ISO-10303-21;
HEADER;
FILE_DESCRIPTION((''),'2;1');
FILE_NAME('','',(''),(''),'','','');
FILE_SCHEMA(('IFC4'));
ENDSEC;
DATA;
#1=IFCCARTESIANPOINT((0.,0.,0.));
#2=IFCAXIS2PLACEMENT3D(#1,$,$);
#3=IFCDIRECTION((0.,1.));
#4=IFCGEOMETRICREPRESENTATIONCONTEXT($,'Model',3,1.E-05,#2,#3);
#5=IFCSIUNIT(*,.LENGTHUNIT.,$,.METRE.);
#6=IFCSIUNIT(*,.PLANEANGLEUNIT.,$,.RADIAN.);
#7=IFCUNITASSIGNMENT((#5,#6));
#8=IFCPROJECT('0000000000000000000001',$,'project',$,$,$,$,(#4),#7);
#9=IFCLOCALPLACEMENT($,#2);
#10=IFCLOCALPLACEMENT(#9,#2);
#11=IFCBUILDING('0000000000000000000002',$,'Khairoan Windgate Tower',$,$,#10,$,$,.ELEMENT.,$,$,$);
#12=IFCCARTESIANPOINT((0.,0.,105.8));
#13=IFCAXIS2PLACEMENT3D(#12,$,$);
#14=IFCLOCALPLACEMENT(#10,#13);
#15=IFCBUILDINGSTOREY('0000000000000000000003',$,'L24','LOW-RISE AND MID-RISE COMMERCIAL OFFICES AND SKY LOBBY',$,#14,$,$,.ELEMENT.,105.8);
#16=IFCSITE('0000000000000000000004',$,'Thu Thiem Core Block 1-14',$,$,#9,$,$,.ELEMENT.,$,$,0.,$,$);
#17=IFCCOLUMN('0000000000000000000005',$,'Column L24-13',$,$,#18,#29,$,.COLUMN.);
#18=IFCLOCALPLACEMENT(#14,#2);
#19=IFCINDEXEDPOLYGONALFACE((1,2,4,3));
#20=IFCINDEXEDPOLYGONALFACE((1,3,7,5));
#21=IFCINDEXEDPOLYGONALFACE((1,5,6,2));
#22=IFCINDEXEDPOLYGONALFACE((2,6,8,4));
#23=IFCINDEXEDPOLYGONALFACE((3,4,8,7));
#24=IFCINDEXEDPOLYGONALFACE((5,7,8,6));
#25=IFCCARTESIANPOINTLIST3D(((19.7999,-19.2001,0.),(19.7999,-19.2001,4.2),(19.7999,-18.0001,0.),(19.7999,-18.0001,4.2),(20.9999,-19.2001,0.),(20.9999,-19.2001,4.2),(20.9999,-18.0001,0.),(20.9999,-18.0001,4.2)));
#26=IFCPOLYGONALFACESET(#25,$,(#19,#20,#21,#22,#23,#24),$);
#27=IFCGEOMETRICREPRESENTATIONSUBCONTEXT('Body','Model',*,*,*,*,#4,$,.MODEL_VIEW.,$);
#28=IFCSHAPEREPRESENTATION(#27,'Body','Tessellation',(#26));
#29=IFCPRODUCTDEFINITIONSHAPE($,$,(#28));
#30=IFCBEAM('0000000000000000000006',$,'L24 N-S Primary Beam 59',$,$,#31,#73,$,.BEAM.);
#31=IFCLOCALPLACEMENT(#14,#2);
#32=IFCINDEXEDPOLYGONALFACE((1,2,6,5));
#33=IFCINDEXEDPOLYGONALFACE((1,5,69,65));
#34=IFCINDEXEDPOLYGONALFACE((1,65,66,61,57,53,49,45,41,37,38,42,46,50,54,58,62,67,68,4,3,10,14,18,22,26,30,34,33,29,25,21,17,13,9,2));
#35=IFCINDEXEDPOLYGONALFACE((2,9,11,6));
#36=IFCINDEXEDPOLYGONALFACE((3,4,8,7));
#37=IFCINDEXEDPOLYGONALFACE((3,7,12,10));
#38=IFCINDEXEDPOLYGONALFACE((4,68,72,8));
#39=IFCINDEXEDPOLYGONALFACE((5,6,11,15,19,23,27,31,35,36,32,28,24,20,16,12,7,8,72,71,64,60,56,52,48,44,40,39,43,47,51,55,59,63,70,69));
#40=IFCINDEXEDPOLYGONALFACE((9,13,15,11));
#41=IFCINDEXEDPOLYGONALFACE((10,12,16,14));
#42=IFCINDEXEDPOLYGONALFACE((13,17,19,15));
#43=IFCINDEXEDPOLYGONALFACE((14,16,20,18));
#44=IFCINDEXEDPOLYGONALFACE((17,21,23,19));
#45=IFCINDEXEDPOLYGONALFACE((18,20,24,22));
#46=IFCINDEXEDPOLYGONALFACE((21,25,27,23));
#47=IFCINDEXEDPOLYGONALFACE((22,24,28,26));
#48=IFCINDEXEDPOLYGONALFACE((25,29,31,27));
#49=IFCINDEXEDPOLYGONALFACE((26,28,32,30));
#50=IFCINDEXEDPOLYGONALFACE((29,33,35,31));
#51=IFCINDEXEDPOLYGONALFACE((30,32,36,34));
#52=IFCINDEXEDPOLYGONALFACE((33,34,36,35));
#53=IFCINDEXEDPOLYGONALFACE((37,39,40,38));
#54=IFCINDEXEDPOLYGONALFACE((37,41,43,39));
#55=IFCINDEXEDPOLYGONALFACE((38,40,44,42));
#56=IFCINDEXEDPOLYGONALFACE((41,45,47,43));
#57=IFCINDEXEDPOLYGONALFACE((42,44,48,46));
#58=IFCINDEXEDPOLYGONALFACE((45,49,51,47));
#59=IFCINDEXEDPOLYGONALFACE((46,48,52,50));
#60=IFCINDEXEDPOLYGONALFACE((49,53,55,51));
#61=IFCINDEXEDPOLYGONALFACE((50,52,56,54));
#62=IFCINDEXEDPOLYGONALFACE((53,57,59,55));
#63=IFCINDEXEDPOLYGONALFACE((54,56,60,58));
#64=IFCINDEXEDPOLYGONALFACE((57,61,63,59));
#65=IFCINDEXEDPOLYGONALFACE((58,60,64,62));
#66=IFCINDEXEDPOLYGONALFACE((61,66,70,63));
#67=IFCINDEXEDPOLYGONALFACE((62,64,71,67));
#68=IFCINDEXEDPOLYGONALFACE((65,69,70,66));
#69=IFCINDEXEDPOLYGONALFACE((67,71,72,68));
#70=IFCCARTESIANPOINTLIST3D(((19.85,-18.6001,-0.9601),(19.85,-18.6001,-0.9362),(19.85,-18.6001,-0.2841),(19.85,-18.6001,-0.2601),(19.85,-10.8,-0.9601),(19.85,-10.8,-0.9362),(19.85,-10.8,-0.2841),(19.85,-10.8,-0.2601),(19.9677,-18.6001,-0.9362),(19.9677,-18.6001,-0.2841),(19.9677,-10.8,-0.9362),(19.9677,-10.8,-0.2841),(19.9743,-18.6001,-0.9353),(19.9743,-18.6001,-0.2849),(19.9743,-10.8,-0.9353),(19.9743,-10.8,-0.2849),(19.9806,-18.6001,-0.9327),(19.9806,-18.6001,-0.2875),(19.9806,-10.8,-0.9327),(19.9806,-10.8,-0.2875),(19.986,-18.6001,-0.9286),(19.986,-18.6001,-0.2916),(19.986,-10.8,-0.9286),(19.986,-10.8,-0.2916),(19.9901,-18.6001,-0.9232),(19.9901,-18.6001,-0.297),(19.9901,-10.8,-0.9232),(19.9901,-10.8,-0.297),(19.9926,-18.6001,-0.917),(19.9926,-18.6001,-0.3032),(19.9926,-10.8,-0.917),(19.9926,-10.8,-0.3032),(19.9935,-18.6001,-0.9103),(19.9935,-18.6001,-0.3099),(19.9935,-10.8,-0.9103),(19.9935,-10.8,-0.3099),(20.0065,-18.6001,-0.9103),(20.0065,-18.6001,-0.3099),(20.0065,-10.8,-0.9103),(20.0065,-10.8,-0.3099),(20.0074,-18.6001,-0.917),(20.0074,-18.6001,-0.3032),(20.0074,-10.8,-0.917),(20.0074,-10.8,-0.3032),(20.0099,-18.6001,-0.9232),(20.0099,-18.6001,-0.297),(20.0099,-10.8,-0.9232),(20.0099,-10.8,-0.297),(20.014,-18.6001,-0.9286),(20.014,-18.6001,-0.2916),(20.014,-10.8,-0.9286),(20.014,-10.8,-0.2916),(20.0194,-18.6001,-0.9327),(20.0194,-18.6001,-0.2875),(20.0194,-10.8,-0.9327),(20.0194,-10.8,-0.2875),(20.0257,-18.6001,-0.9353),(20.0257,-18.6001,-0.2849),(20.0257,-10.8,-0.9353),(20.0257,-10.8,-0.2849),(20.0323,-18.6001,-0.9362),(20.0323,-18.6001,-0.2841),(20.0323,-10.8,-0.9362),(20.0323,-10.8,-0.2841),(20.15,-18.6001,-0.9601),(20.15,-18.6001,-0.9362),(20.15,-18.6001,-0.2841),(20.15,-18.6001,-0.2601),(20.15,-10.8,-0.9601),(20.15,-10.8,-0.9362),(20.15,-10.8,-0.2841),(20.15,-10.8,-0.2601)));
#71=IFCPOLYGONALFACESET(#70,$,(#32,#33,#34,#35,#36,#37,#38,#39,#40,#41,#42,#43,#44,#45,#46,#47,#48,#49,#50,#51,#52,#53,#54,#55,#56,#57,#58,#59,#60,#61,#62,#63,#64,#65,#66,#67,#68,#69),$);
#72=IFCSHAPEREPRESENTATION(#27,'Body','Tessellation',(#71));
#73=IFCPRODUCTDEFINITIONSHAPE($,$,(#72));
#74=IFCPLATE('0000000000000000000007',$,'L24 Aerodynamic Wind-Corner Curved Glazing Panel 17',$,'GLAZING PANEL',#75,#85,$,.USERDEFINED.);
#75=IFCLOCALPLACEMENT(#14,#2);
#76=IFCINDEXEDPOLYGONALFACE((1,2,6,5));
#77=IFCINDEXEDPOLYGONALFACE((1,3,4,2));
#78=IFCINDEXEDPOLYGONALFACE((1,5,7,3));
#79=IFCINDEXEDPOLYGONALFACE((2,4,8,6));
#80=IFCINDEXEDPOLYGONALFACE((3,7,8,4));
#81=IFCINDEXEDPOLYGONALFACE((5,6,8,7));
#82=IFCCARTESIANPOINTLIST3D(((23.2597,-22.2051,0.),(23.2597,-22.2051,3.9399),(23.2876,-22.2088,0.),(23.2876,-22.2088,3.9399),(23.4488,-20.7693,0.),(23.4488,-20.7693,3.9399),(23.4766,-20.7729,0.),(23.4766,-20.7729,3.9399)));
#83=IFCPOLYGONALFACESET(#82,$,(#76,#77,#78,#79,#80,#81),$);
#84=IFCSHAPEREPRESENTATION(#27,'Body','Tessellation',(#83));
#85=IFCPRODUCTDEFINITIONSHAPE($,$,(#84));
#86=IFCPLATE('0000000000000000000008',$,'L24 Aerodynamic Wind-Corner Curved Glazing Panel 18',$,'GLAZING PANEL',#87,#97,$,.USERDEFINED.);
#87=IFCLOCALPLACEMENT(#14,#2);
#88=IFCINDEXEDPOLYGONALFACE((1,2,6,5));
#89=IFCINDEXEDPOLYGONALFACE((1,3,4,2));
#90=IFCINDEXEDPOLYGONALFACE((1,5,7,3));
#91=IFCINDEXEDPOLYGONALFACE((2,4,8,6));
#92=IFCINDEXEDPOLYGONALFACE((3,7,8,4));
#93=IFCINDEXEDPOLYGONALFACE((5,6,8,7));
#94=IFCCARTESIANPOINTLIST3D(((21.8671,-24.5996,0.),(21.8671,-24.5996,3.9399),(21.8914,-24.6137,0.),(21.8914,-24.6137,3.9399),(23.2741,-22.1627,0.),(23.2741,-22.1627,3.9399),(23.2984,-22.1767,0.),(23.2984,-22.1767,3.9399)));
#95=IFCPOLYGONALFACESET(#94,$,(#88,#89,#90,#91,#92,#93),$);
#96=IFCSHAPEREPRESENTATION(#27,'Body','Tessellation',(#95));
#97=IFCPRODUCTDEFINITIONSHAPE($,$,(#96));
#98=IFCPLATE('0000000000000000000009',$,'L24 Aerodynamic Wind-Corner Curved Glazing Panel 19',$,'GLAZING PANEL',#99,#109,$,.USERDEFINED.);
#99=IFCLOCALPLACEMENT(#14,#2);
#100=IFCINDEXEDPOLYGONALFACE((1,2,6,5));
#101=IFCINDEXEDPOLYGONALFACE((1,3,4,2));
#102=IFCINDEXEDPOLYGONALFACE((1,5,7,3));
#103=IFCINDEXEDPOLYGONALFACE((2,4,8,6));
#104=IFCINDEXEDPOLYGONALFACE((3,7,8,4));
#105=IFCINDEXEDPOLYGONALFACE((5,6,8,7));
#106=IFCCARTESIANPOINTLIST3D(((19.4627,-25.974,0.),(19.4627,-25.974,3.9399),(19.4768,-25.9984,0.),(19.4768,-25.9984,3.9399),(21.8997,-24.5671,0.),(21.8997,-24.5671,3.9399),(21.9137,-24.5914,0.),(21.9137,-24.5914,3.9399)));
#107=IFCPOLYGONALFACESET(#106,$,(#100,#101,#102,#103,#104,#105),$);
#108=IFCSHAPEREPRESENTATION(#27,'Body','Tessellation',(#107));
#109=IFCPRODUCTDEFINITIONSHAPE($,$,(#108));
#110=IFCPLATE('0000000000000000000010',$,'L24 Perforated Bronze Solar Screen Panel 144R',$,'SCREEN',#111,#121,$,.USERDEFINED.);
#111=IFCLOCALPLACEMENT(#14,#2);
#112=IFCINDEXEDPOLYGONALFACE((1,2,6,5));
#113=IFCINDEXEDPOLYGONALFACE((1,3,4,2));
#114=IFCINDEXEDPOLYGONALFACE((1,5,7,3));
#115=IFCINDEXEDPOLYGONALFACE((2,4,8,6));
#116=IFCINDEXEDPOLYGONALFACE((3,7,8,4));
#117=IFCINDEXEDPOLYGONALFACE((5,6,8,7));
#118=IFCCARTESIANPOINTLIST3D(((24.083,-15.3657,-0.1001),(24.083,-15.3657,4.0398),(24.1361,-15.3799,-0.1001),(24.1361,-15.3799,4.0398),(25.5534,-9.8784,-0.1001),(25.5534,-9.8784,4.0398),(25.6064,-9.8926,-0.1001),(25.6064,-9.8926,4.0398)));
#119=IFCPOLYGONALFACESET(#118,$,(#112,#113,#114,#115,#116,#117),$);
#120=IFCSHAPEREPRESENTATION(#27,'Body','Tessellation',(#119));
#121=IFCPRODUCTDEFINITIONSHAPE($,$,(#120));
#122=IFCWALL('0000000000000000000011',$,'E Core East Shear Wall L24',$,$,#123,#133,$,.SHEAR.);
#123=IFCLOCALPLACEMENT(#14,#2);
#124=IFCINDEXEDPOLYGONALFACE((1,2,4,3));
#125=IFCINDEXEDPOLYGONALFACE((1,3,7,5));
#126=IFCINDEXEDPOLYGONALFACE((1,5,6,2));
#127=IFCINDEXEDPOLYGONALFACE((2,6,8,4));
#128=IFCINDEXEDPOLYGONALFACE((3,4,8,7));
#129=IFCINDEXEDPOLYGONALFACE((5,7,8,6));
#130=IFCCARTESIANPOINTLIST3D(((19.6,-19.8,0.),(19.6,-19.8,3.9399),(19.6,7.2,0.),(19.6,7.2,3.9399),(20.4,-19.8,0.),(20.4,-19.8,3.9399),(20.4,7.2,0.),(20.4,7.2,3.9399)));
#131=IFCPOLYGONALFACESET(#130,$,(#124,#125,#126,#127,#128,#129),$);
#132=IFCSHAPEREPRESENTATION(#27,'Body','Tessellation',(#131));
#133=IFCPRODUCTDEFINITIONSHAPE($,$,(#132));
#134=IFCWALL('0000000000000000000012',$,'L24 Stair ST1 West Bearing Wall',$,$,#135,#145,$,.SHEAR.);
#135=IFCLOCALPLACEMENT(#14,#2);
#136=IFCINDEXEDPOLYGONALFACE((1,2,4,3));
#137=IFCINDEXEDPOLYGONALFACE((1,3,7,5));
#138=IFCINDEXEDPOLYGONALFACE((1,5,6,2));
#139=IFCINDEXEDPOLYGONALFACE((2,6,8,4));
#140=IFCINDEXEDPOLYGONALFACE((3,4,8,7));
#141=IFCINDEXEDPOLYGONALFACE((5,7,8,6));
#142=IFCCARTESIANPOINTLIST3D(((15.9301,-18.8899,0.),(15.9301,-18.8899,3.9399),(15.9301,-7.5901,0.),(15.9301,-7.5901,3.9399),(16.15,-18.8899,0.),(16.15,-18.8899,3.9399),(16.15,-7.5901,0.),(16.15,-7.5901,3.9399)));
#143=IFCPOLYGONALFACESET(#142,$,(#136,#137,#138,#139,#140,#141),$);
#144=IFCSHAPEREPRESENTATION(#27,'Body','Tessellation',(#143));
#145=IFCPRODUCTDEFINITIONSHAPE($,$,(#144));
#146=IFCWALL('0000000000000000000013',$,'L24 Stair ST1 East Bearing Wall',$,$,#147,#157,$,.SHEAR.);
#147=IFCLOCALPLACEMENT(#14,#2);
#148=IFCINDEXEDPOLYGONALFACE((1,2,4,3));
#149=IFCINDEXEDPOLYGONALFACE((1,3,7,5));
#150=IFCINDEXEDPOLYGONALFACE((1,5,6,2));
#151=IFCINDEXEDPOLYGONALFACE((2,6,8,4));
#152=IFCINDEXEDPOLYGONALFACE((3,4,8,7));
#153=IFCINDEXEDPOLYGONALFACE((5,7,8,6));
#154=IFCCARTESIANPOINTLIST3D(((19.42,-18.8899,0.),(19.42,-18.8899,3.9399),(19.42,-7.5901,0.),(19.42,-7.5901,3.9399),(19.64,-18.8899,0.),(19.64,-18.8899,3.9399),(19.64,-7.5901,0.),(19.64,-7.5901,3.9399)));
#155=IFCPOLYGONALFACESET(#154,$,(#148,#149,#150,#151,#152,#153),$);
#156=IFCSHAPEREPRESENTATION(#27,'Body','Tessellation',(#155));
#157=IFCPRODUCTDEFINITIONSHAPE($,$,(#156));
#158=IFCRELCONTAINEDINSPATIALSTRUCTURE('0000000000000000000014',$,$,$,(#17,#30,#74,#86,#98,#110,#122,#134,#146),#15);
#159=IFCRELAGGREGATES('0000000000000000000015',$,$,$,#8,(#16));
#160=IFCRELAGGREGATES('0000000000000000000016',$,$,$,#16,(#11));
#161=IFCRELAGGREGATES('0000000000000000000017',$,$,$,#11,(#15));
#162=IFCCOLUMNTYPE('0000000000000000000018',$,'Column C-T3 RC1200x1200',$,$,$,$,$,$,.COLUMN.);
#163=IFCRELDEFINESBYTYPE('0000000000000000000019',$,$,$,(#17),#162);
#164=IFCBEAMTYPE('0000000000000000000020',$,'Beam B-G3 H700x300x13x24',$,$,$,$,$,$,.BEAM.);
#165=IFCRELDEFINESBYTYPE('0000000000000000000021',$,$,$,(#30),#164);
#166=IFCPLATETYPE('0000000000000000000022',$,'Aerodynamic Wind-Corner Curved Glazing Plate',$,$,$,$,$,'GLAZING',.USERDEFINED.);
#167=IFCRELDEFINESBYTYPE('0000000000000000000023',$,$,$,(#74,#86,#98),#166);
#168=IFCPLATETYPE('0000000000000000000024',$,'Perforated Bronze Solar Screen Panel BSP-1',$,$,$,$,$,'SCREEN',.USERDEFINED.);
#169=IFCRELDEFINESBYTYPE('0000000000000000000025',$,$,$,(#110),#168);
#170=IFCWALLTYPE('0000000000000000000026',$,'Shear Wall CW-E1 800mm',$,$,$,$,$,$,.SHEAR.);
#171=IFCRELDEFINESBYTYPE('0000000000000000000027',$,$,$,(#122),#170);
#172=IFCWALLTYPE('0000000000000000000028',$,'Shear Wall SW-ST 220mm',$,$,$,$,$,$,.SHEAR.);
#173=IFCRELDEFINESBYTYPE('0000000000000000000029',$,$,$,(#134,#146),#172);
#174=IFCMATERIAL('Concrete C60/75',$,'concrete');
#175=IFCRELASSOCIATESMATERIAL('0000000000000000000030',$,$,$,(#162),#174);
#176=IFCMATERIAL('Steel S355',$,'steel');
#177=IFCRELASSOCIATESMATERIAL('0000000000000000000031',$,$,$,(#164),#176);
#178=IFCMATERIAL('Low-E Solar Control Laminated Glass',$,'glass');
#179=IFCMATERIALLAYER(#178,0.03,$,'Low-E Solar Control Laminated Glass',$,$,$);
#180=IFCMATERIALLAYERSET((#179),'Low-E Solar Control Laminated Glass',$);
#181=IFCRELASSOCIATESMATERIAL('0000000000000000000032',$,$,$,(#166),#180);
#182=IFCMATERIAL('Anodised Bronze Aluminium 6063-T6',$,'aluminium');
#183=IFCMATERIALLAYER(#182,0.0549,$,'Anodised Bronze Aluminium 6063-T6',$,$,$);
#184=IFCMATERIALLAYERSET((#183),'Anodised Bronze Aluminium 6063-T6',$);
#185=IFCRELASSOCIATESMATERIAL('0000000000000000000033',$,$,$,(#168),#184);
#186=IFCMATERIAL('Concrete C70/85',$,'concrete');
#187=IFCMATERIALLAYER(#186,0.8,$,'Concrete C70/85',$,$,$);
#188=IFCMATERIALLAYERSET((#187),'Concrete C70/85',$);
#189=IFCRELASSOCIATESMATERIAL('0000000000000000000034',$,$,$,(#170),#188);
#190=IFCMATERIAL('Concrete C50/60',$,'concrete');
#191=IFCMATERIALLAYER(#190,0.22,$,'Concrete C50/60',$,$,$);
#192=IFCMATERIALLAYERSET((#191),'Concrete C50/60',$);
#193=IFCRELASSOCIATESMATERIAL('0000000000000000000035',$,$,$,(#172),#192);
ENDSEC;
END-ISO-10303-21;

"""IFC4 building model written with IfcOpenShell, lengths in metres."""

from ifc_helpers import new_model, si_unit, direction, frame, frame_2d, origin, origin_2d, place, context, subcontext, project, spatial, rectangle, i_section, extrude, material, layer, layer_set, material_profile, profile_set, type_object, element, save


model = new_model("IFC4")

# Units and contexts
model_context = context("Model", 3, precision=1e-05, world=origin(), true_north=direction((0.0, 1.0)))
body_context = subcontext(model_context, "Body", "Model", "MODEL_VIEW")
ifc_project = project(units=[si_unit("LENGTHUNIT", "METRE"), si_unit("PLANEANGLEUNIT", "RADIAN")], contexts=[model_context])

# Site, building, storey
site_placement = place(None, origin())
site = spatial("IfcSite", under=ifc_project, at=site_placement, Name="Thu Thiem Core Block 1-14", CompositionType="ELEMENT", RefElevation=0.0)
building_placement = place(site_placement, origin())
building = spatial("IfcBuilding", under=site, at=building_placement, Name="Khairoan Windgate Tower", CompositionType="ELEMENT")
storey_placement = place(building_placement, frame((0.0, 0.0, 105.8)))
storey = spatial("IfcBuildingStorey", under=building, at=storey_placement, Name="L24", Description="LOW-RISE AND MID-RISE COMMERCIAL OFFICES AND SKY LOBBY", CompositionType="ELEMENT", Elevation=105.8)

# Column
ifc_material_1 = material(Name="Concrete C60/75", Category="concrete")
ifc_material_profile_1 = material_profile(ifc_material_1, rectangle(XDim=1.2, YDim=1.2, at=origin_2d()))
ifc_profile_set_1 = profile_set([ifc_material_profile_1], Name="Concrete C60/75")
column_type = type_object("IfcColumnType", Name="Column C-T3 RC1200x1200", PredefinedType="COLUMN", material=ifc_profile_set_1)
column_placement = place(storey_placement, frame((20.3999, -18.6001, 0.0), z_axis=(0.0, 0.0, 1.0), x_axis=(1.0, 0.0, 0.0)))
element("IfcColumn", 1, at=column_placement, inside=storey, type_object=column_type, Name="Column L24-13", PredefinedType="COLUMN", context=body_context, shape_type="SweptSolid", body=[
    extrude(rectangle(XDim=1.2, YDim=1.2, at=origin_2d()), origin(), (0.0, 0.0, 1.0), 4.2),
])

# Beam
ifc_material_2 = material(Name="Steel S355", Category="steel")
ifc_material_profile_2 = material_profile(ifc_material_2, i_section(OverallWidth=0.3, OverallDepth=0.7, WebThickness=0.0129, FlangeThickness=0.0239, FilletRadius=0.0259, at=origin_2d()))
ifc_profile_set_2 = profile_set([ifc_material_profile_2], Name="Steel S355")
beam_type = type_object("IfcBeamType", Name="Beam B-G3 H700x300x13x24", PredefinedType="BEAM", material=ifc_profile_set_2)
beam_placement = place(storey_placement, frame((20.0, -18.6001, -0.6101), z_axis=(0.0, 1.0, 0.0), x_axis=(-1.0, 0.0, 0.0)))
element("IfcBeam", 2, at=beam_placement, inside=storey, type_object=beam_type, Name="L24 N-S Primary Beam 59", PredefinedType="BEAM", context=body_context, shape_type="SweptSolid", body=[
    extrude(i_section(OverallWidth=0.3, OverallDepth=0.7, WebThickness=0.0129, FlangeThickness=0.0239, FilletRadius=0.0259, at=origin_2d()), origin(), (0.0, 0.0, 1.0), 7.8),
])

# Plates
ifc_material_3 = material(Name="Low-E Solar Control Laminated Glass", Category="glass")
ifc_layer_1 = layer(ifc_material_3, 0.03, Name="Low-E Solar Control Laminated Glass")
ifc_layer_set_1 = layer_set([ifc_layer_1], Name="Low-E Solar Control Laminated Glass")
plate_type_1 = type_object("IfcPlateType", Name="Aerodynamic Wind-Corner Curved Glazing Plate", ElementType="GLAZING", PredefinedType="USERDEFINED", material=ifc_layer_set_1)
plate_1_placement = place(storey_placement, frame((23.3682, -21.489, 0.0), z_axis=(0.0, 0.0, 1.0), x_axis=(-0.130526, -0.991445, 0.0)))
element("IfcPlate", 3, at=plate_1_placement, inside=storey, type_object=plate_type_1, Name="L24 Aerodynamic Wind-Corner Curved Glazing Panel 17", ObjectType="GLAZING PANEL", PredefinedType="USERDEFINED", context=body_context, shape_type="SweptSolid", body=[
    extrude(rectangle(XDim=1.4482, YDim=0.0281, at=origin_2d()), origin(), (0.0, 0.0, 1.0), 3.9399),
])
for number, where, z_axis, x_axis, name in (
    (4, (22.5828, -23.3882, 0.0), (0.0, 0.0, 1.0), (-0.5, -0.866025, 0.0), "L24 Aerodynamic Wind-Corner Curved Glazing Panel 18"),
    (5, (20.6882, -25.2827, 0.0), (0.0, 0.0, 1.0), (-0.866025, -0.5, 0.0), "L24 Aerodynamic Wind-Corner Curved Glazing Panel 19"),
):
    element("IfcPlate", number, at=place(storey_placement, frame(where, z_axis=z_axis, x_axis=x_axis)), inside=storey, type_object=plate_type_1, Name=name, ObjectType="GLAZING PANEL", PredefinedType="USERDEFINED", context=body_context, shape_type="SweptSolid", body=[
        extrude(rectangle(XDim=2.814, YDim=0.0281, at=origin_2d()), origin(), (0.0, 0.0, 1.0), 3.9399),
    ])

# Plate
ifc_material_4 = material(Name="Anodised Bronze Aluminium 6063-T6", Category="aluminium")
ifc_layer_2 = layer(ifc_material_4, 0.0549, Name="Anodised Bronze Aluminium 6063-T6")
ifc_layer_set_2 = layer_set([ifc_layer_2], Name="Anodised Bronze Aluminium 6063-T6")
plate_type_2 = type_object("IfcPlateType", Name="Perforated Bronze Solar Screen Panel BSP-1", ElementType="SCREEN", PredefinedType="USERDEFINED", material=ifc_layer_set_2)
plate_2_placement = place(storey_placement, frame((24.8447, -12.6292, -0.1001), z_axis=(0.0, 0.0, 1.0), x_axis=(-0.258819, -0.965926, 0.0)))
element("IfcPlate", 6, at=plate_2_placement, inside=storey, type_object=plate_type_2, Name="L24 Perforated Bronze Solar Screen Panel 144R", ObjectType="SCREEN", PredefinedType="USERDEFINED", context=body_context, shape_type="SweptSolid", body=[
    extrude(rectangle(XDim=5.6809, YDim=0.0549, at=origin_2d()), origin(), (0.0, 0.0, 1.0), 4.1399),
])

# Walls
ifc_material_5 = material(Name="Concrete C70/85", Category="concrete")
ifc_layer_3 = layer(ifc_material_5, 0.8, Name="Concrete C70/85")
ifc_layer_set_3 = layer_set([ifc_layer_3], Name="Concrete C70/85")
wall_type_1 = type_object("IfcWallType", Name="Shear Wall CW-E1 800mm", PredefinedType="SHEAR", material=ifc_layer_set_3)
wall_placement = place(storey_placement, frame((20.0, -19.8, 0.0), z_axis=(0.0, 0.0, 1.0), x_axis=(0.0, 1.0, 0.0)))
element("IfcWall", 7, at=wall_placement, inside=storey, type_object=wall_type_1, Name="E Core East Shear Wall L24", PredefinedType="SHEAR", context=body_context, shape_type="SweptSolid", body=[
    extrude(rectangle(XDim=27.0, YDim=0.8, at=frame_2d((13.5, 0.0))), origin(), (0.0, 0.0, 1.0), 3.9399),
])
ifc_material_6 = material(Name="Concrete C50/60", Category="concrete")
ifc_layer_4 = layer(ifc_material_6, 0.22, Name="Concrete C50/60")
ifc_layer_set_4 = layer_set([ifc_layer_4], Name="Concrete C50/60")
wall_type_2 = type_object("IfcWallType", Name="Shear Wall SW-ST 220mm", PredefinedType="SHEAR", material=ifc_layer_set_4)
for number, where, z_axis, x_axis, name in (
    (8, (16.04, -18.8899, 0.0), (0.0, 0.0, 1.0), (0.0, 1.0, 0.0), "L24 Stair ST1 West Bearing Wall"),
    (9, (19.53, -18.8899, 0.0), (0.0, 0.0, 1.0), (0.0, 1.0, 0.0), "L24 Stair ST1 East Bearing Wall"),
):
    element("IfcWall", number, at=place(storey_placement, frame(where, z_axis=z_axis, x_axis=x_axis)), inside=storey, type_object=wall_type_2, Name=name, PredefinedType="SHEAR", context=body_context, shape_type="SweptSolid", body=[
        extrude(rectangle(XDim=11.2998, YDim=0.22, at=frame_2d((5.6499, 0.0))), origin(), (0.0, 0.0, 1.0), 3.9399),
    ])

save(model, "model.ifc")
